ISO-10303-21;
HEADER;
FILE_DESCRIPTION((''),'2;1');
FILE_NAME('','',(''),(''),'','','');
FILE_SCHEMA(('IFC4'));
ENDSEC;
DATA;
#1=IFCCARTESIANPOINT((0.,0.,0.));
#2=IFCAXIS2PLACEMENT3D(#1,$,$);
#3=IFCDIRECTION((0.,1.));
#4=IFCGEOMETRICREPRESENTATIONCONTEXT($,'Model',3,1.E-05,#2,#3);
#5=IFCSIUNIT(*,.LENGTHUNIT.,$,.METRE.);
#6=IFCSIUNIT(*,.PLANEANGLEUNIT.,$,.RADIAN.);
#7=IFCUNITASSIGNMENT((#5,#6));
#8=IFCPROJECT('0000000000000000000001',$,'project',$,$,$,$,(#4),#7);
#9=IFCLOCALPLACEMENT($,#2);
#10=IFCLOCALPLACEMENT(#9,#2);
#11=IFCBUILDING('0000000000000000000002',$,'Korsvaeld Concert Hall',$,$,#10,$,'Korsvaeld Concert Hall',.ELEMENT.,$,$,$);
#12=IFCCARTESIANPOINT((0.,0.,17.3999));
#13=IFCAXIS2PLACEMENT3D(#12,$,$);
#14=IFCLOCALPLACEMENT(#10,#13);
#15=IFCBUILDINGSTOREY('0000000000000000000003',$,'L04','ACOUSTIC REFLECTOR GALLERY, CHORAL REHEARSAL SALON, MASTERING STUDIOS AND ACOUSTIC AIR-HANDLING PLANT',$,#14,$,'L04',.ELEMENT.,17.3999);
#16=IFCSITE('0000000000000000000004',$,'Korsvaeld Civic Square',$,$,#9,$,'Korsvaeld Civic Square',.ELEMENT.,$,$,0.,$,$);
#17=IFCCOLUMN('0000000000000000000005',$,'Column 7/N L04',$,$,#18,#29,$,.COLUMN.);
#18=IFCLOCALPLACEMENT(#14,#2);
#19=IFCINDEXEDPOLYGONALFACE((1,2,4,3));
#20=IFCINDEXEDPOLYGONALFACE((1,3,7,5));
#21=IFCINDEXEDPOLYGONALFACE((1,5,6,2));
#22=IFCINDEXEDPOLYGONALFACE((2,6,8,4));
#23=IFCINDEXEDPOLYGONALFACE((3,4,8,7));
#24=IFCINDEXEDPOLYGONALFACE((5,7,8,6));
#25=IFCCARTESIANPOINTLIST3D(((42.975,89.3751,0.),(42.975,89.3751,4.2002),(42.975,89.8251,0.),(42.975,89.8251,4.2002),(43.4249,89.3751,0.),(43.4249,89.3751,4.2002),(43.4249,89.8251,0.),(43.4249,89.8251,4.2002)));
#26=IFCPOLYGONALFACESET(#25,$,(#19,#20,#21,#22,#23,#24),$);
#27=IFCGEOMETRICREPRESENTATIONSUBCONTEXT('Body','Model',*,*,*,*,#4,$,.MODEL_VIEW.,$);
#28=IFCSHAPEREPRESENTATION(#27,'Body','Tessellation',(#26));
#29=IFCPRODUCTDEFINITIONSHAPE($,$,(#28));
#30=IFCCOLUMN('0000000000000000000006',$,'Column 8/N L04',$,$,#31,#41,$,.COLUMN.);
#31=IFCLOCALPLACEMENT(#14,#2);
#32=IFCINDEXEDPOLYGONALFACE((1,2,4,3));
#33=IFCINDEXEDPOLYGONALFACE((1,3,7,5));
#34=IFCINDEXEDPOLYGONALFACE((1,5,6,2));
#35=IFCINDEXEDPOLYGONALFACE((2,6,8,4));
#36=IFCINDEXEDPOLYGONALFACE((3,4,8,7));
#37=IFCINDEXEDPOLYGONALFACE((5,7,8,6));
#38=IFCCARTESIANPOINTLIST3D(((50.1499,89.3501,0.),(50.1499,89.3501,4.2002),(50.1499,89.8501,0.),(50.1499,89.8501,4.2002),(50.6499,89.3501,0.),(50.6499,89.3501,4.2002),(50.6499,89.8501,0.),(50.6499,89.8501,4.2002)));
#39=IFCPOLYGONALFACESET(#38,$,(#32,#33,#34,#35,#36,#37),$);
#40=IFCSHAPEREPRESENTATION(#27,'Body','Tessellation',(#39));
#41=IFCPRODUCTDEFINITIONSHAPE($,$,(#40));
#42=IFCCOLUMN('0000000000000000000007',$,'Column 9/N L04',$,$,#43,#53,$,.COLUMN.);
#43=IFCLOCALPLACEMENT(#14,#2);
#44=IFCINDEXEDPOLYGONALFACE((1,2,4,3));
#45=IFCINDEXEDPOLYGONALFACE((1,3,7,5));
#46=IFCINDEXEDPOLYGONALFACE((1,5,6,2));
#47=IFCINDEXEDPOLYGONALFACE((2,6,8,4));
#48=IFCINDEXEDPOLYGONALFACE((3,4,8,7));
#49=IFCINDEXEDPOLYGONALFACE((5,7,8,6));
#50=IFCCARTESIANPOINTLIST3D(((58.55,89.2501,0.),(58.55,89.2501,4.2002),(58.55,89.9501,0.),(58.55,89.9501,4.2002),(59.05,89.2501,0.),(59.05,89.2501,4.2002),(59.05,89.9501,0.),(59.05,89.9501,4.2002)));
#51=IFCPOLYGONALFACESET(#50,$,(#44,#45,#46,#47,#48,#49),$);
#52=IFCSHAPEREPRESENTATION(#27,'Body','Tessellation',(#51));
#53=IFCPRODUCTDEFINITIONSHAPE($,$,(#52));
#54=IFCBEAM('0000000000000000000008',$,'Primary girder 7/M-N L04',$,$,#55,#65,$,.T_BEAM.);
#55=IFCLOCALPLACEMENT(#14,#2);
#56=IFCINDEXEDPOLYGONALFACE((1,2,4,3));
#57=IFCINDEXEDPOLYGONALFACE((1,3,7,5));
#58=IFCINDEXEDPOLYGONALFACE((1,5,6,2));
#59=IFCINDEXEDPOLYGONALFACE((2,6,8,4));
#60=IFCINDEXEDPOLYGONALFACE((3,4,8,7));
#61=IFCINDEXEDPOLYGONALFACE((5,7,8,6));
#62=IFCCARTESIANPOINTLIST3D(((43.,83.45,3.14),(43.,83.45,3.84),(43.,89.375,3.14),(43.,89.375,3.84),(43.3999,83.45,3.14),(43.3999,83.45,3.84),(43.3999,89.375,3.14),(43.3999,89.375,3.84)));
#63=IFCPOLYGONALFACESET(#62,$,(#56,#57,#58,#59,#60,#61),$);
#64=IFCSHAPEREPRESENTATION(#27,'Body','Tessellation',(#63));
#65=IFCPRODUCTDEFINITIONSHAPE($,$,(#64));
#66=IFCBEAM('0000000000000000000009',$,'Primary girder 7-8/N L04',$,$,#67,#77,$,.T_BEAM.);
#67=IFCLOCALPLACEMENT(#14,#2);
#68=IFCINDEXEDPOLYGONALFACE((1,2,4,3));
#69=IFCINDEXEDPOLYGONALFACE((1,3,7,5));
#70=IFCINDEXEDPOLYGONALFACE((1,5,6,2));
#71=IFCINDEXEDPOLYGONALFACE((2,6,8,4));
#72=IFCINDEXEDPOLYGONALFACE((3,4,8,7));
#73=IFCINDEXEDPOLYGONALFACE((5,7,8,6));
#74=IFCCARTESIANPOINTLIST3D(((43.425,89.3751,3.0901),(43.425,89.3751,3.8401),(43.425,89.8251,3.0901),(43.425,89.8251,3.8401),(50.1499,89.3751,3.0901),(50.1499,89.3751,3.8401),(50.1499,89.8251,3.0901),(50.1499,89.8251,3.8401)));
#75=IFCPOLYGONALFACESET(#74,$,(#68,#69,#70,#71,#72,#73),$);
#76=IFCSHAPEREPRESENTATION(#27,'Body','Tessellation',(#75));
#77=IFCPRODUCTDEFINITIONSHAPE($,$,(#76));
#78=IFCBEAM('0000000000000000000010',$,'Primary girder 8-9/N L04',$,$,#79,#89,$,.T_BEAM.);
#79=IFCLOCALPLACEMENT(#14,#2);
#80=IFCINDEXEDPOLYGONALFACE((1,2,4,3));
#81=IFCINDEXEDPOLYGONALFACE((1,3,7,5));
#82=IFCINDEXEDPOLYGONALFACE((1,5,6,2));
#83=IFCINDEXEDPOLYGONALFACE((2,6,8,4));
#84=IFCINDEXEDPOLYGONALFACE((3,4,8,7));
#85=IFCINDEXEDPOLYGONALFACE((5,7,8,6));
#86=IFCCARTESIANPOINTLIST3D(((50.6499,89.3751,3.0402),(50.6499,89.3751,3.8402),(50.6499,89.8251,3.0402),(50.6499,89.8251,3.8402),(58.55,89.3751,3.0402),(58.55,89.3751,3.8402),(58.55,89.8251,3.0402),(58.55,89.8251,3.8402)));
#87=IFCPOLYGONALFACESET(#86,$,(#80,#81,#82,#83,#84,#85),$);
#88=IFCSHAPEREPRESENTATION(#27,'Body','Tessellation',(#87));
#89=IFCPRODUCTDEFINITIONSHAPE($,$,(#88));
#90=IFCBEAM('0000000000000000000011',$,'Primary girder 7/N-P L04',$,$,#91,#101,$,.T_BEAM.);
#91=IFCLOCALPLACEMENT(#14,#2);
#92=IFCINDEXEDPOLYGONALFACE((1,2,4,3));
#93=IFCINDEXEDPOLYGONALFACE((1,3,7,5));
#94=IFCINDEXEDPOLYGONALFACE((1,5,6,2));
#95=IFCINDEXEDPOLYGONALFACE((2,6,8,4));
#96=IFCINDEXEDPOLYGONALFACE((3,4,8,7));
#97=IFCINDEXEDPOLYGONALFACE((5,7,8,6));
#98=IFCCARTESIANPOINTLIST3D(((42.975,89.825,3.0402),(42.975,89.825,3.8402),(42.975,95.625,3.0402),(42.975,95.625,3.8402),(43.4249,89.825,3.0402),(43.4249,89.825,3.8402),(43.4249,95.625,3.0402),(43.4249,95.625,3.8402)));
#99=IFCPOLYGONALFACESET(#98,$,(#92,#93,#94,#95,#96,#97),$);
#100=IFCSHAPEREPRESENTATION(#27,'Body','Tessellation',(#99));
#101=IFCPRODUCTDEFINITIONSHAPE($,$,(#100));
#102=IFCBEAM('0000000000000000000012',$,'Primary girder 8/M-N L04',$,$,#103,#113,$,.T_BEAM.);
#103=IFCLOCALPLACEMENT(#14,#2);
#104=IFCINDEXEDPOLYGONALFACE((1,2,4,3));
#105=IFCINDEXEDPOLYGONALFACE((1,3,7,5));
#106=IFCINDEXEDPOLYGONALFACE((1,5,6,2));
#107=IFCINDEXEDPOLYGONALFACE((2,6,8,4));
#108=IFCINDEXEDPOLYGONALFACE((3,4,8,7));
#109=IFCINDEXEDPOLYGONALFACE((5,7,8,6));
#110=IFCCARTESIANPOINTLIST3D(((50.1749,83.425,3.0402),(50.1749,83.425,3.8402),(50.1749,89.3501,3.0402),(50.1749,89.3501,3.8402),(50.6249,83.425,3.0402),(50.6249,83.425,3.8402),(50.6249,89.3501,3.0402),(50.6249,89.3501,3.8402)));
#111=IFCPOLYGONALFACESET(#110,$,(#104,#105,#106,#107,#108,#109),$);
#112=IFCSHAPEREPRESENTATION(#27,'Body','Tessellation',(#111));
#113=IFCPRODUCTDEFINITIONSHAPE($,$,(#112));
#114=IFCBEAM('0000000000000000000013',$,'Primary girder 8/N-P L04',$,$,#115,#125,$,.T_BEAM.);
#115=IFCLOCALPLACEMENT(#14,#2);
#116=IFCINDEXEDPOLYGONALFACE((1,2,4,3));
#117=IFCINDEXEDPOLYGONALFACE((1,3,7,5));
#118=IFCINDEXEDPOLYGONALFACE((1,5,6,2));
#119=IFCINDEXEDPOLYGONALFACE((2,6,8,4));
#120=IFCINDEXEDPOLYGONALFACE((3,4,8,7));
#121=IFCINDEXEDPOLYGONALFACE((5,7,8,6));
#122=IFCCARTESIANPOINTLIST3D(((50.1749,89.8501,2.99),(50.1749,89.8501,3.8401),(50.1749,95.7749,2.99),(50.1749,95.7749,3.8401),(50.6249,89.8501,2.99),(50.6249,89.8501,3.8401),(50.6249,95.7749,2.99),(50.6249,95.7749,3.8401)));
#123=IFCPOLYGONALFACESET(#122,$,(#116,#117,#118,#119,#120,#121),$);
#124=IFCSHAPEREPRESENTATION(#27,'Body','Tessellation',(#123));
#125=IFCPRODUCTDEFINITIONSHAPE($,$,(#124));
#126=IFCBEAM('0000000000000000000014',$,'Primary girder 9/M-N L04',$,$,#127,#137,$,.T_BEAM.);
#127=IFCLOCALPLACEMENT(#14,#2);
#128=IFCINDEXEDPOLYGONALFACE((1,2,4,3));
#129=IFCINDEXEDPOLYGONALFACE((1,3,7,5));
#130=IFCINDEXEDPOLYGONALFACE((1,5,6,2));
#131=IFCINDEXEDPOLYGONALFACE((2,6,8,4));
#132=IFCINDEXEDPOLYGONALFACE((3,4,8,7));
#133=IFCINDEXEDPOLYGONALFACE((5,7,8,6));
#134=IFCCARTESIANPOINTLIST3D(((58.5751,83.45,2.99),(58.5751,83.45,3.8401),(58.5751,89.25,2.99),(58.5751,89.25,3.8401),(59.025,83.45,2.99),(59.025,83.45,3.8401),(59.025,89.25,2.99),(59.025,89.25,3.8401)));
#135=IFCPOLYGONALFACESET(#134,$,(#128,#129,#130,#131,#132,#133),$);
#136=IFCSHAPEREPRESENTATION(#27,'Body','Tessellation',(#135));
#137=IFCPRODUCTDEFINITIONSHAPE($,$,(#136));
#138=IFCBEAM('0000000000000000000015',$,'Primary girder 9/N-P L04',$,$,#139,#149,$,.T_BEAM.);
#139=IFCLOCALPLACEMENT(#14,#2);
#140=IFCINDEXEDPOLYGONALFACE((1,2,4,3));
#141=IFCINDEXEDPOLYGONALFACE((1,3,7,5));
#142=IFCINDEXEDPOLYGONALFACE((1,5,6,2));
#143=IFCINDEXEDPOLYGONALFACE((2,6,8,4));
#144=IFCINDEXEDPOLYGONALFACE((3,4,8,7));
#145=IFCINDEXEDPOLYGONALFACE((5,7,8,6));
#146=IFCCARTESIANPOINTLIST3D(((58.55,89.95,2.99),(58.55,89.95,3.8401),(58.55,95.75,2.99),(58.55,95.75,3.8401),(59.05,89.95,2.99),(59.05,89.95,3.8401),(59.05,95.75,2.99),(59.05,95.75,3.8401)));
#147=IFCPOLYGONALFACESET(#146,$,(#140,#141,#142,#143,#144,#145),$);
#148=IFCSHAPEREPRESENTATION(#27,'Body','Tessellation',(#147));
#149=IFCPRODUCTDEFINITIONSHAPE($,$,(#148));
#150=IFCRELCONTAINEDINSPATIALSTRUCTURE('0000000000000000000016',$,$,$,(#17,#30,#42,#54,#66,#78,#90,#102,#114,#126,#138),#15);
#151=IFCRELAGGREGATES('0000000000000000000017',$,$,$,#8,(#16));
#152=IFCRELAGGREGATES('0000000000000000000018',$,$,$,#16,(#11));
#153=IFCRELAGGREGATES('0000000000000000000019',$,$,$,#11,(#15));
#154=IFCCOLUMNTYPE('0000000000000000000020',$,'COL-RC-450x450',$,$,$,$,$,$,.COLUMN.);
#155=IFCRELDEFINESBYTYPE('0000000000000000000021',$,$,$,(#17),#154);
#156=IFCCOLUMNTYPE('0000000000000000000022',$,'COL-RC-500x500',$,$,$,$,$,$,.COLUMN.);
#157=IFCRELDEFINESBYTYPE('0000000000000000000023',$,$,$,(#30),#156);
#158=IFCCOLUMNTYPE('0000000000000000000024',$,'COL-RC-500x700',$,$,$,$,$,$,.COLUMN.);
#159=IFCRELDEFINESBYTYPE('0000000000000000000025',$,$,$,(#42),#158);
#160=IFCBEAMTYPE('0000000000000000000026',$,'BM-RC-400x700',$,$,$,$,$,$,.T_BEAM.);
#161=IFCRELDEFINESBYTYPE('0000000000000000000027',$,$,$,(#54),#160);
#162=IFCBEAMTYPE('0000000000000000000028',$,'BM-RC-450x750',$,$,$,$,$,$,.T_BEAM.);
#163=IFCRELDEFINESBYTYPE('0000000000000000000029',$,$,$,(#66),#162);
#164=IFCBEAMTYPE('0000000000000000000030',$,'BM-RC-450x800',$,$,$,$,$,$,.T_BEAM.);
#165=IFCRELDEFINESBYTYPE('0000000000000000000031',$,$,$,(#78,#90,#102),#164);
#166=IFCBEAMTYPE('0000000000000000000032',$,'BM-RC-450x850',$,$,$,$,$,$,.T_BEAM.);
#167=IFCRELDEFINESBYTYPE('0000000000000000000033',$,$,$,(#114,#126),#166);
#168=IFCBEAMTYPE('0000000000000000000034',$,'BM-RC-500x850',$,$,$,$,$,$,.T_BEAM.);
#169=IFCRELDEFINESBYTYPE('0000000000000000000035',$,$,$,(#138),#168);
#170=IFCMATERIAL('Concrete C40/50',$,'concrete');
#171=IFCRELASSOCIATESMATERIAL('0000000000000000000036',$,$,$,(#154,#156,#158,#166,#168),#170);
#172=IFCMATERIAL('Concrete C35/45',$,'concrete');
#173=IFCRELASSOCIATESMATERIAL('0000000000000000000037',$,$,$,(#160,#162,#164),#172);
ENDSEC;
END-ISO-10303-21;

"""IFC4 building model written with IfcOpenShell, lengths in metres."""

from ifc_helpers import new_model, si_unit, direction, frame, origin, origin_2d, place, context, subcontext, project, spatial, rectangle, extrude, material, material_profile, profile_set, type_object, element, save


model = new_model("IFC4")

# Units and contexts
model_context = context("Model", 3, precision=1e-05, world=origin(), true_north=direction((0.0, 1.0)))
body_context = subcontext(model_context, "Body", "Model", "MODEL_VIEW")
ifc_project = project(units=[si_unit("LENGTHUNIT", "METRE"), si_unit("PLANEANGLEUNIT", "RADIAN")], contexts=[model_context])

# Site, building, storey
site_placement = place(None, origin())
site = spatial("IfcSite", under=ifc_project, at=site_placement, Name="Korsvaeld Civic Square", LongName="Korsvaeld Civic Square", CompositionType="ELEMENT", RefElevation=0.0)
building_placement = place(site_placement, origin())
building = spatial("IfcBuilding", under=site, at=building_placement, Name="Korsvaeld Concert Hall", LongName="Korsvaeld Concert Hall", CompositionType="ELEMENT")
storey_placement = place(building_placement, frame((0.0, 0.0, 17.3999)))
storey = spatial("IfcBuildingStorey", under=building, at=storey_placement, Name="L04", Description="ACOUSTIC REFLECTOR GALLERY, CHORAL REHEARSAL SALON, MASTERING STUDIOS AND ACOUSTIC AIR-HANDLING PLANT", LongName="L04", CompositionType="ELEMENT", Elevation=17.3999)

# Columns
ifc_material_1 = material(Name="Concrete C40/50", Category="concrete")
ifc_material_profile_1 = material_profile(ifc_material_1, rectangle(XDim=0.45, YDim=0.45, at=origin_2d()), Name="RC 450x450")
ifc_profile_set_1 = profile_set([ifc_material_profile_1], Name="Concrete C40/50")
column_type_1 = type_object("IfcColumnType", Name="COL-RC-450x450", PredefinedType="COLUMN", material=ifc_profile_set_1)
column_1_placement = place(storey_placement, frame((43.2, 89.6001, 0.0), z_axis=(0.0, 0.0, 1.0), x_axis=(1.0, 0.0, 0.0)))
element("IfcColumn", 1, at=column_1_placement, inside=storey, type_object=column_type_1, Name="Column 7/N L04", PredefinedType="COLUMN", context=body_context, shape_type="SweptSolid", body=[
    extrude(rectangle(XDim=0.45, YDim=0.45, at=origin_2d()), origin(), (0.0, 0.0, 1.0), 4.2002),
])
ifc_material_profile_2 = material_profile(ifc_material_1, rectangle(XDim=0.5, YDim=0.5, at=origin_2d()), Name="RC 500x500")
ifc_profile_set_2 = profile_set([ifc_material_profile_2], Name="Concrete C40/50")
column_type_2 = type_object("IfcColumnType", Name="COL-RC-500x500", PredefinedType="COLUMN", material=ifc_profile_set_2)
column_2_placement = place(storey_placement, frame((50.3999, 89.6001, 0.0), z_axis=(0.0, 0.0, 1.0), x_axis=(1.0, 0.0, 0.0)))
element("IfcColumn", 2, at=column_2_placement, inside=storey, type_object=column_type_2, Name="Column 8/N L04", PredefinedType="COLUMN", context=body_context, shape_type="SweptSolid", body=[
    extrude(rectangle(XDim=0.5, YDim=0.5, at=origin_2d()), origin(), (0.0, 0.0, 1.0), 4.2002),
])
ifc_material_profile_3 = material_profile(ifc_material_1, rectangle(XDim=0.5, YDim=0.7, at=origin_2d()), Name="RC 500x700")
ifc_profile_set_3 = profile_set([ifc_material_profile_3], Name="Concrete C40/50")
column_type_3 = type_object("IfcColumnType", Name="COL-RC-500x700", PredefinedType="COLUMN", material=ifc_profile_set_3)
column_3_placement = place(storey_placement, frame((58.8, 89.6001, 0.0), z_axis=(0.0, 0.0, 1.0), x_axis=(1.0, 0.0, 0.0)))
element("IfcColumn", 3, at=column_3_placement, inside=storey, type_object=column_type_3, Name="Column 9/N L04", PredefinedType="COLUMN", context=body_context, shape_type="SweptSolid", body=[
    extrude(rectangle(XDim=0.5, YDim=0.7, at=origin_2d()), origin(), (0.0, 0.0, 1.0), 4.2002),
])

# Beams
ifc_material_2 = material(Name="Concrete C35/45", Category="concrete")
ifc_material_profile_4 = material_profile(ifc_material_2, rectangle(XDim=0.3999, YDim=0.7, at=origin_2d()), Name="RC 400x700")
ifc_profile_set_4 = profile_set([ifc_material_profile_4], Name="Concrete C35/45")
beam_type_1 = type_object("IfcBeamType", Name="BM-RC-400x700", PredefinedType="T_BEAM", material=ifc_profile_set_4)
beam_1_placement = place(storey_placement, frame((43.2, 83.45, 3.49), z_axis=(0.0, 1.0, 0.0), x_axis=(-1.0, 0.0, 0.0)))
element("IfcBeam", 4, at=beam_1_placement, inside=storey, type_object=beam_type_1, Name="Primary girder 7/M-N L04", PredefinedType="T_BEAM", context=body_context, shape_type="SweptSolid", body=[
    extrude(rectangle(XDim=0.3999, YDim=0.7, at=origin_2d()), origin(), (0.0, 0.0, 1.0), 5.925),
])
ifc_material_profile_5 = material_profile(ifc_material_2, rectangle(XDim=0.45, YDim=0.75, at=origin_2d()), Name="RC 450x750")
ifc_profile_set_5 = profile_set([ifc_material_profile_5], Name="Concrete C35/45")
beam_type_2 = type_object("IfcBeamType", Name="BM-RC-450x750", PredefinedType="T_BEAM", material=ifc_profile_set_5)
beam_2_placement = place(storey_placement, frame((43.425, 89.6001, 3.4651), z_axis=(1.0, 0.0, 0.0), x_axis=(0.0, 1.0, 0.0)))
element("IfcBeam", 5, at=beam_2_placement, inside=storey, type_object=beam_type_2, Name="Primary girder 7-8/N L04", PredefinedType="T_BEAM", context=body_context, shape_type="SweptSolid", body=[
    extrude(rectangle(XDim=0.45, YDim=0.75, at=origin_2d()), origin(), (0.0, 0.0, 1.0), 6.7249),
])
ifc_material_profile_6 = material_profile(ifc_material_2, rectangle(XDim=0.45, YDim=0.8, at=origin_2d()), Name="RC 450x800")
ifc_profile_set_6 = profile_set([ifc_material_profile_6], Name="Concrete C35/45")
beam_type_3 = type_object("IfcBeamType", Name="BM-RC-450x800", PredefinedType="T_BEAM", material=ifc_profile_set_6)
beam_3_placement = place(storey_placement, frame((50.6499, 89.6001, 3.4402), z_axis=(1.0, 0.0, 0.0), x_axis=(0.0, 1.0, 0.0)))
element("IfcBeam", 6, at=beam_3_placement, inside=storey, type_object=beam_type_3, Name="Primary girder 8-9/N L04", PredefinedType="T_BEAM", context=body_context, shape_type="SweptSolid", body=[
    extrude(rectangle(XDim=0.45, YDim=0.8, at=origin_2d()), origin(), (0.0, 0.0, 1.0), 7.9001),
])
beam_4_placement = place(storey_placement, frame((43.2, 89.825, 3.4402), z_axis=(0.0, 1.0, 0.0), x_axis=(-1.0, 0.0, 0.0)))
element("IfcBeam", 7, at=beam_4_placement, inside=storey, type_object=beam_type_3, Name="Primary girder 7/N-P L04", PredefinedType="T_BEAM", context=body_context, shape_type="SweptSolid", body=[
    extrude(rectangle(XDim=0.45, YDim=0.8, at=origin_2d()), origin(), (0.0, 0.0, 1.0), 5.8),
])
beam_5_placement = place(storey_placement, frame((50.3999, 83.425, 3.4402), z_axis=(0.0, 1.0, 0.0), x_axis=(-1.0, 0.0, 0.0)))
element("IfcBeam", 8, at=beam_5_placement, inside=storey, type_object=beam_type_3, Name="Primary girder 8/M-N L04", PredefinedType="T_BEAM", context=body_context, shape_type="SweptSolid", body=[
    extrude(rectangle(XDim=0.45, YDim=0.8, at=origin_2d()), origin(), (0.0, 0.0, 1.0), 5.925),
])
ifc_material_profile_7 = material_profile(ifc_material_1, rectangle(XDim=0.45, YDim=0.8501, at=origin_2d()), Name="RC 450x850")
ifc_profile_set_7 = profile_set([ifc_material_profile_7], Name="Concrete C40/50")
beam_type_4 = type_object("IfcBeamType", Name="BM-RC-450x850", PredefinedType="T_BEAM", material=ifc_profile_set_7)
beam_6_placement = place(storey_placement, frame((50.3999, 89.8501, 3.415), z_axis=(0.0, 1.0, 0.0), x_axis=(-1.0, 0.0, 0.0)))
element("IfcBeam", 9, at=beam_6_placement, inside=storey, type_object=beam_type_4, Name="Primary girder 8/N-P L04", PredefinedType="T_BEAM", context=body_context, shape_type="SweptSolid", body=[
    extrude(rectangle(XDim=0.45, YDim=0.8501, at=origin_2d()), origin(), (0.0, 0.0, 1.0), 5.9248),
])
beam_7_placement = place(storey_placement, frame((58.8, 83.45, 3.415), z_axis=(0.0, 1.0, 0.0), x_axis=(-1.0, 0.0, 0.0)))
element("IfcBeam", 10, at=beam_7_placement, inside=storey, type_object=beam_type_4, Name="Primary girder 9/M-N L04", PredefinedType="T_BEAM", context=body_context, shape_type="SweptSolid", body=[
    extrude(rectangle(XDim=0.45, YDim=0.8501, at=origin_2d()), origin(), (0.0, 0.0, 1.0), 5.8),
])
ifc_material_profile_8 = material_profile(ifc_material_1, rectangle(XDim=0.5, YDim=0.8501, at=origin_2d()), Name="RC 500x850")
ifc_profile_set_8 = profile_set([ifc_material_profile_8], Name="Concrete C40/50")
beam_type_5 = type_object("IfcBeamType", Name="BM-RC-500x850", PredefinedType="T_BEAM", material=ifc_profile_set_8)
beam_8_placement = place(storey_placement, frame((58.8, 89.95, 3.415), z_axis=(0.0, 1.0, 0.0), x_axis=(-1.0, 0.0, 0.0)))
element("IfcBeam", 11, at=beam_8_placement, inside=storey, type_object=beam_type_5, Name="Primary girder 9/N-P L04", PredefinedType="T_BEAM", context=body_context, shape_type="SweptSolid", body=[
    extrude(rectangle(XDim=0.5, YDim=0.8501, at=origin_2d()), origin(), (0.0, 0.0, 1.0), 5.8),
])

save(model, "model.ifc")
